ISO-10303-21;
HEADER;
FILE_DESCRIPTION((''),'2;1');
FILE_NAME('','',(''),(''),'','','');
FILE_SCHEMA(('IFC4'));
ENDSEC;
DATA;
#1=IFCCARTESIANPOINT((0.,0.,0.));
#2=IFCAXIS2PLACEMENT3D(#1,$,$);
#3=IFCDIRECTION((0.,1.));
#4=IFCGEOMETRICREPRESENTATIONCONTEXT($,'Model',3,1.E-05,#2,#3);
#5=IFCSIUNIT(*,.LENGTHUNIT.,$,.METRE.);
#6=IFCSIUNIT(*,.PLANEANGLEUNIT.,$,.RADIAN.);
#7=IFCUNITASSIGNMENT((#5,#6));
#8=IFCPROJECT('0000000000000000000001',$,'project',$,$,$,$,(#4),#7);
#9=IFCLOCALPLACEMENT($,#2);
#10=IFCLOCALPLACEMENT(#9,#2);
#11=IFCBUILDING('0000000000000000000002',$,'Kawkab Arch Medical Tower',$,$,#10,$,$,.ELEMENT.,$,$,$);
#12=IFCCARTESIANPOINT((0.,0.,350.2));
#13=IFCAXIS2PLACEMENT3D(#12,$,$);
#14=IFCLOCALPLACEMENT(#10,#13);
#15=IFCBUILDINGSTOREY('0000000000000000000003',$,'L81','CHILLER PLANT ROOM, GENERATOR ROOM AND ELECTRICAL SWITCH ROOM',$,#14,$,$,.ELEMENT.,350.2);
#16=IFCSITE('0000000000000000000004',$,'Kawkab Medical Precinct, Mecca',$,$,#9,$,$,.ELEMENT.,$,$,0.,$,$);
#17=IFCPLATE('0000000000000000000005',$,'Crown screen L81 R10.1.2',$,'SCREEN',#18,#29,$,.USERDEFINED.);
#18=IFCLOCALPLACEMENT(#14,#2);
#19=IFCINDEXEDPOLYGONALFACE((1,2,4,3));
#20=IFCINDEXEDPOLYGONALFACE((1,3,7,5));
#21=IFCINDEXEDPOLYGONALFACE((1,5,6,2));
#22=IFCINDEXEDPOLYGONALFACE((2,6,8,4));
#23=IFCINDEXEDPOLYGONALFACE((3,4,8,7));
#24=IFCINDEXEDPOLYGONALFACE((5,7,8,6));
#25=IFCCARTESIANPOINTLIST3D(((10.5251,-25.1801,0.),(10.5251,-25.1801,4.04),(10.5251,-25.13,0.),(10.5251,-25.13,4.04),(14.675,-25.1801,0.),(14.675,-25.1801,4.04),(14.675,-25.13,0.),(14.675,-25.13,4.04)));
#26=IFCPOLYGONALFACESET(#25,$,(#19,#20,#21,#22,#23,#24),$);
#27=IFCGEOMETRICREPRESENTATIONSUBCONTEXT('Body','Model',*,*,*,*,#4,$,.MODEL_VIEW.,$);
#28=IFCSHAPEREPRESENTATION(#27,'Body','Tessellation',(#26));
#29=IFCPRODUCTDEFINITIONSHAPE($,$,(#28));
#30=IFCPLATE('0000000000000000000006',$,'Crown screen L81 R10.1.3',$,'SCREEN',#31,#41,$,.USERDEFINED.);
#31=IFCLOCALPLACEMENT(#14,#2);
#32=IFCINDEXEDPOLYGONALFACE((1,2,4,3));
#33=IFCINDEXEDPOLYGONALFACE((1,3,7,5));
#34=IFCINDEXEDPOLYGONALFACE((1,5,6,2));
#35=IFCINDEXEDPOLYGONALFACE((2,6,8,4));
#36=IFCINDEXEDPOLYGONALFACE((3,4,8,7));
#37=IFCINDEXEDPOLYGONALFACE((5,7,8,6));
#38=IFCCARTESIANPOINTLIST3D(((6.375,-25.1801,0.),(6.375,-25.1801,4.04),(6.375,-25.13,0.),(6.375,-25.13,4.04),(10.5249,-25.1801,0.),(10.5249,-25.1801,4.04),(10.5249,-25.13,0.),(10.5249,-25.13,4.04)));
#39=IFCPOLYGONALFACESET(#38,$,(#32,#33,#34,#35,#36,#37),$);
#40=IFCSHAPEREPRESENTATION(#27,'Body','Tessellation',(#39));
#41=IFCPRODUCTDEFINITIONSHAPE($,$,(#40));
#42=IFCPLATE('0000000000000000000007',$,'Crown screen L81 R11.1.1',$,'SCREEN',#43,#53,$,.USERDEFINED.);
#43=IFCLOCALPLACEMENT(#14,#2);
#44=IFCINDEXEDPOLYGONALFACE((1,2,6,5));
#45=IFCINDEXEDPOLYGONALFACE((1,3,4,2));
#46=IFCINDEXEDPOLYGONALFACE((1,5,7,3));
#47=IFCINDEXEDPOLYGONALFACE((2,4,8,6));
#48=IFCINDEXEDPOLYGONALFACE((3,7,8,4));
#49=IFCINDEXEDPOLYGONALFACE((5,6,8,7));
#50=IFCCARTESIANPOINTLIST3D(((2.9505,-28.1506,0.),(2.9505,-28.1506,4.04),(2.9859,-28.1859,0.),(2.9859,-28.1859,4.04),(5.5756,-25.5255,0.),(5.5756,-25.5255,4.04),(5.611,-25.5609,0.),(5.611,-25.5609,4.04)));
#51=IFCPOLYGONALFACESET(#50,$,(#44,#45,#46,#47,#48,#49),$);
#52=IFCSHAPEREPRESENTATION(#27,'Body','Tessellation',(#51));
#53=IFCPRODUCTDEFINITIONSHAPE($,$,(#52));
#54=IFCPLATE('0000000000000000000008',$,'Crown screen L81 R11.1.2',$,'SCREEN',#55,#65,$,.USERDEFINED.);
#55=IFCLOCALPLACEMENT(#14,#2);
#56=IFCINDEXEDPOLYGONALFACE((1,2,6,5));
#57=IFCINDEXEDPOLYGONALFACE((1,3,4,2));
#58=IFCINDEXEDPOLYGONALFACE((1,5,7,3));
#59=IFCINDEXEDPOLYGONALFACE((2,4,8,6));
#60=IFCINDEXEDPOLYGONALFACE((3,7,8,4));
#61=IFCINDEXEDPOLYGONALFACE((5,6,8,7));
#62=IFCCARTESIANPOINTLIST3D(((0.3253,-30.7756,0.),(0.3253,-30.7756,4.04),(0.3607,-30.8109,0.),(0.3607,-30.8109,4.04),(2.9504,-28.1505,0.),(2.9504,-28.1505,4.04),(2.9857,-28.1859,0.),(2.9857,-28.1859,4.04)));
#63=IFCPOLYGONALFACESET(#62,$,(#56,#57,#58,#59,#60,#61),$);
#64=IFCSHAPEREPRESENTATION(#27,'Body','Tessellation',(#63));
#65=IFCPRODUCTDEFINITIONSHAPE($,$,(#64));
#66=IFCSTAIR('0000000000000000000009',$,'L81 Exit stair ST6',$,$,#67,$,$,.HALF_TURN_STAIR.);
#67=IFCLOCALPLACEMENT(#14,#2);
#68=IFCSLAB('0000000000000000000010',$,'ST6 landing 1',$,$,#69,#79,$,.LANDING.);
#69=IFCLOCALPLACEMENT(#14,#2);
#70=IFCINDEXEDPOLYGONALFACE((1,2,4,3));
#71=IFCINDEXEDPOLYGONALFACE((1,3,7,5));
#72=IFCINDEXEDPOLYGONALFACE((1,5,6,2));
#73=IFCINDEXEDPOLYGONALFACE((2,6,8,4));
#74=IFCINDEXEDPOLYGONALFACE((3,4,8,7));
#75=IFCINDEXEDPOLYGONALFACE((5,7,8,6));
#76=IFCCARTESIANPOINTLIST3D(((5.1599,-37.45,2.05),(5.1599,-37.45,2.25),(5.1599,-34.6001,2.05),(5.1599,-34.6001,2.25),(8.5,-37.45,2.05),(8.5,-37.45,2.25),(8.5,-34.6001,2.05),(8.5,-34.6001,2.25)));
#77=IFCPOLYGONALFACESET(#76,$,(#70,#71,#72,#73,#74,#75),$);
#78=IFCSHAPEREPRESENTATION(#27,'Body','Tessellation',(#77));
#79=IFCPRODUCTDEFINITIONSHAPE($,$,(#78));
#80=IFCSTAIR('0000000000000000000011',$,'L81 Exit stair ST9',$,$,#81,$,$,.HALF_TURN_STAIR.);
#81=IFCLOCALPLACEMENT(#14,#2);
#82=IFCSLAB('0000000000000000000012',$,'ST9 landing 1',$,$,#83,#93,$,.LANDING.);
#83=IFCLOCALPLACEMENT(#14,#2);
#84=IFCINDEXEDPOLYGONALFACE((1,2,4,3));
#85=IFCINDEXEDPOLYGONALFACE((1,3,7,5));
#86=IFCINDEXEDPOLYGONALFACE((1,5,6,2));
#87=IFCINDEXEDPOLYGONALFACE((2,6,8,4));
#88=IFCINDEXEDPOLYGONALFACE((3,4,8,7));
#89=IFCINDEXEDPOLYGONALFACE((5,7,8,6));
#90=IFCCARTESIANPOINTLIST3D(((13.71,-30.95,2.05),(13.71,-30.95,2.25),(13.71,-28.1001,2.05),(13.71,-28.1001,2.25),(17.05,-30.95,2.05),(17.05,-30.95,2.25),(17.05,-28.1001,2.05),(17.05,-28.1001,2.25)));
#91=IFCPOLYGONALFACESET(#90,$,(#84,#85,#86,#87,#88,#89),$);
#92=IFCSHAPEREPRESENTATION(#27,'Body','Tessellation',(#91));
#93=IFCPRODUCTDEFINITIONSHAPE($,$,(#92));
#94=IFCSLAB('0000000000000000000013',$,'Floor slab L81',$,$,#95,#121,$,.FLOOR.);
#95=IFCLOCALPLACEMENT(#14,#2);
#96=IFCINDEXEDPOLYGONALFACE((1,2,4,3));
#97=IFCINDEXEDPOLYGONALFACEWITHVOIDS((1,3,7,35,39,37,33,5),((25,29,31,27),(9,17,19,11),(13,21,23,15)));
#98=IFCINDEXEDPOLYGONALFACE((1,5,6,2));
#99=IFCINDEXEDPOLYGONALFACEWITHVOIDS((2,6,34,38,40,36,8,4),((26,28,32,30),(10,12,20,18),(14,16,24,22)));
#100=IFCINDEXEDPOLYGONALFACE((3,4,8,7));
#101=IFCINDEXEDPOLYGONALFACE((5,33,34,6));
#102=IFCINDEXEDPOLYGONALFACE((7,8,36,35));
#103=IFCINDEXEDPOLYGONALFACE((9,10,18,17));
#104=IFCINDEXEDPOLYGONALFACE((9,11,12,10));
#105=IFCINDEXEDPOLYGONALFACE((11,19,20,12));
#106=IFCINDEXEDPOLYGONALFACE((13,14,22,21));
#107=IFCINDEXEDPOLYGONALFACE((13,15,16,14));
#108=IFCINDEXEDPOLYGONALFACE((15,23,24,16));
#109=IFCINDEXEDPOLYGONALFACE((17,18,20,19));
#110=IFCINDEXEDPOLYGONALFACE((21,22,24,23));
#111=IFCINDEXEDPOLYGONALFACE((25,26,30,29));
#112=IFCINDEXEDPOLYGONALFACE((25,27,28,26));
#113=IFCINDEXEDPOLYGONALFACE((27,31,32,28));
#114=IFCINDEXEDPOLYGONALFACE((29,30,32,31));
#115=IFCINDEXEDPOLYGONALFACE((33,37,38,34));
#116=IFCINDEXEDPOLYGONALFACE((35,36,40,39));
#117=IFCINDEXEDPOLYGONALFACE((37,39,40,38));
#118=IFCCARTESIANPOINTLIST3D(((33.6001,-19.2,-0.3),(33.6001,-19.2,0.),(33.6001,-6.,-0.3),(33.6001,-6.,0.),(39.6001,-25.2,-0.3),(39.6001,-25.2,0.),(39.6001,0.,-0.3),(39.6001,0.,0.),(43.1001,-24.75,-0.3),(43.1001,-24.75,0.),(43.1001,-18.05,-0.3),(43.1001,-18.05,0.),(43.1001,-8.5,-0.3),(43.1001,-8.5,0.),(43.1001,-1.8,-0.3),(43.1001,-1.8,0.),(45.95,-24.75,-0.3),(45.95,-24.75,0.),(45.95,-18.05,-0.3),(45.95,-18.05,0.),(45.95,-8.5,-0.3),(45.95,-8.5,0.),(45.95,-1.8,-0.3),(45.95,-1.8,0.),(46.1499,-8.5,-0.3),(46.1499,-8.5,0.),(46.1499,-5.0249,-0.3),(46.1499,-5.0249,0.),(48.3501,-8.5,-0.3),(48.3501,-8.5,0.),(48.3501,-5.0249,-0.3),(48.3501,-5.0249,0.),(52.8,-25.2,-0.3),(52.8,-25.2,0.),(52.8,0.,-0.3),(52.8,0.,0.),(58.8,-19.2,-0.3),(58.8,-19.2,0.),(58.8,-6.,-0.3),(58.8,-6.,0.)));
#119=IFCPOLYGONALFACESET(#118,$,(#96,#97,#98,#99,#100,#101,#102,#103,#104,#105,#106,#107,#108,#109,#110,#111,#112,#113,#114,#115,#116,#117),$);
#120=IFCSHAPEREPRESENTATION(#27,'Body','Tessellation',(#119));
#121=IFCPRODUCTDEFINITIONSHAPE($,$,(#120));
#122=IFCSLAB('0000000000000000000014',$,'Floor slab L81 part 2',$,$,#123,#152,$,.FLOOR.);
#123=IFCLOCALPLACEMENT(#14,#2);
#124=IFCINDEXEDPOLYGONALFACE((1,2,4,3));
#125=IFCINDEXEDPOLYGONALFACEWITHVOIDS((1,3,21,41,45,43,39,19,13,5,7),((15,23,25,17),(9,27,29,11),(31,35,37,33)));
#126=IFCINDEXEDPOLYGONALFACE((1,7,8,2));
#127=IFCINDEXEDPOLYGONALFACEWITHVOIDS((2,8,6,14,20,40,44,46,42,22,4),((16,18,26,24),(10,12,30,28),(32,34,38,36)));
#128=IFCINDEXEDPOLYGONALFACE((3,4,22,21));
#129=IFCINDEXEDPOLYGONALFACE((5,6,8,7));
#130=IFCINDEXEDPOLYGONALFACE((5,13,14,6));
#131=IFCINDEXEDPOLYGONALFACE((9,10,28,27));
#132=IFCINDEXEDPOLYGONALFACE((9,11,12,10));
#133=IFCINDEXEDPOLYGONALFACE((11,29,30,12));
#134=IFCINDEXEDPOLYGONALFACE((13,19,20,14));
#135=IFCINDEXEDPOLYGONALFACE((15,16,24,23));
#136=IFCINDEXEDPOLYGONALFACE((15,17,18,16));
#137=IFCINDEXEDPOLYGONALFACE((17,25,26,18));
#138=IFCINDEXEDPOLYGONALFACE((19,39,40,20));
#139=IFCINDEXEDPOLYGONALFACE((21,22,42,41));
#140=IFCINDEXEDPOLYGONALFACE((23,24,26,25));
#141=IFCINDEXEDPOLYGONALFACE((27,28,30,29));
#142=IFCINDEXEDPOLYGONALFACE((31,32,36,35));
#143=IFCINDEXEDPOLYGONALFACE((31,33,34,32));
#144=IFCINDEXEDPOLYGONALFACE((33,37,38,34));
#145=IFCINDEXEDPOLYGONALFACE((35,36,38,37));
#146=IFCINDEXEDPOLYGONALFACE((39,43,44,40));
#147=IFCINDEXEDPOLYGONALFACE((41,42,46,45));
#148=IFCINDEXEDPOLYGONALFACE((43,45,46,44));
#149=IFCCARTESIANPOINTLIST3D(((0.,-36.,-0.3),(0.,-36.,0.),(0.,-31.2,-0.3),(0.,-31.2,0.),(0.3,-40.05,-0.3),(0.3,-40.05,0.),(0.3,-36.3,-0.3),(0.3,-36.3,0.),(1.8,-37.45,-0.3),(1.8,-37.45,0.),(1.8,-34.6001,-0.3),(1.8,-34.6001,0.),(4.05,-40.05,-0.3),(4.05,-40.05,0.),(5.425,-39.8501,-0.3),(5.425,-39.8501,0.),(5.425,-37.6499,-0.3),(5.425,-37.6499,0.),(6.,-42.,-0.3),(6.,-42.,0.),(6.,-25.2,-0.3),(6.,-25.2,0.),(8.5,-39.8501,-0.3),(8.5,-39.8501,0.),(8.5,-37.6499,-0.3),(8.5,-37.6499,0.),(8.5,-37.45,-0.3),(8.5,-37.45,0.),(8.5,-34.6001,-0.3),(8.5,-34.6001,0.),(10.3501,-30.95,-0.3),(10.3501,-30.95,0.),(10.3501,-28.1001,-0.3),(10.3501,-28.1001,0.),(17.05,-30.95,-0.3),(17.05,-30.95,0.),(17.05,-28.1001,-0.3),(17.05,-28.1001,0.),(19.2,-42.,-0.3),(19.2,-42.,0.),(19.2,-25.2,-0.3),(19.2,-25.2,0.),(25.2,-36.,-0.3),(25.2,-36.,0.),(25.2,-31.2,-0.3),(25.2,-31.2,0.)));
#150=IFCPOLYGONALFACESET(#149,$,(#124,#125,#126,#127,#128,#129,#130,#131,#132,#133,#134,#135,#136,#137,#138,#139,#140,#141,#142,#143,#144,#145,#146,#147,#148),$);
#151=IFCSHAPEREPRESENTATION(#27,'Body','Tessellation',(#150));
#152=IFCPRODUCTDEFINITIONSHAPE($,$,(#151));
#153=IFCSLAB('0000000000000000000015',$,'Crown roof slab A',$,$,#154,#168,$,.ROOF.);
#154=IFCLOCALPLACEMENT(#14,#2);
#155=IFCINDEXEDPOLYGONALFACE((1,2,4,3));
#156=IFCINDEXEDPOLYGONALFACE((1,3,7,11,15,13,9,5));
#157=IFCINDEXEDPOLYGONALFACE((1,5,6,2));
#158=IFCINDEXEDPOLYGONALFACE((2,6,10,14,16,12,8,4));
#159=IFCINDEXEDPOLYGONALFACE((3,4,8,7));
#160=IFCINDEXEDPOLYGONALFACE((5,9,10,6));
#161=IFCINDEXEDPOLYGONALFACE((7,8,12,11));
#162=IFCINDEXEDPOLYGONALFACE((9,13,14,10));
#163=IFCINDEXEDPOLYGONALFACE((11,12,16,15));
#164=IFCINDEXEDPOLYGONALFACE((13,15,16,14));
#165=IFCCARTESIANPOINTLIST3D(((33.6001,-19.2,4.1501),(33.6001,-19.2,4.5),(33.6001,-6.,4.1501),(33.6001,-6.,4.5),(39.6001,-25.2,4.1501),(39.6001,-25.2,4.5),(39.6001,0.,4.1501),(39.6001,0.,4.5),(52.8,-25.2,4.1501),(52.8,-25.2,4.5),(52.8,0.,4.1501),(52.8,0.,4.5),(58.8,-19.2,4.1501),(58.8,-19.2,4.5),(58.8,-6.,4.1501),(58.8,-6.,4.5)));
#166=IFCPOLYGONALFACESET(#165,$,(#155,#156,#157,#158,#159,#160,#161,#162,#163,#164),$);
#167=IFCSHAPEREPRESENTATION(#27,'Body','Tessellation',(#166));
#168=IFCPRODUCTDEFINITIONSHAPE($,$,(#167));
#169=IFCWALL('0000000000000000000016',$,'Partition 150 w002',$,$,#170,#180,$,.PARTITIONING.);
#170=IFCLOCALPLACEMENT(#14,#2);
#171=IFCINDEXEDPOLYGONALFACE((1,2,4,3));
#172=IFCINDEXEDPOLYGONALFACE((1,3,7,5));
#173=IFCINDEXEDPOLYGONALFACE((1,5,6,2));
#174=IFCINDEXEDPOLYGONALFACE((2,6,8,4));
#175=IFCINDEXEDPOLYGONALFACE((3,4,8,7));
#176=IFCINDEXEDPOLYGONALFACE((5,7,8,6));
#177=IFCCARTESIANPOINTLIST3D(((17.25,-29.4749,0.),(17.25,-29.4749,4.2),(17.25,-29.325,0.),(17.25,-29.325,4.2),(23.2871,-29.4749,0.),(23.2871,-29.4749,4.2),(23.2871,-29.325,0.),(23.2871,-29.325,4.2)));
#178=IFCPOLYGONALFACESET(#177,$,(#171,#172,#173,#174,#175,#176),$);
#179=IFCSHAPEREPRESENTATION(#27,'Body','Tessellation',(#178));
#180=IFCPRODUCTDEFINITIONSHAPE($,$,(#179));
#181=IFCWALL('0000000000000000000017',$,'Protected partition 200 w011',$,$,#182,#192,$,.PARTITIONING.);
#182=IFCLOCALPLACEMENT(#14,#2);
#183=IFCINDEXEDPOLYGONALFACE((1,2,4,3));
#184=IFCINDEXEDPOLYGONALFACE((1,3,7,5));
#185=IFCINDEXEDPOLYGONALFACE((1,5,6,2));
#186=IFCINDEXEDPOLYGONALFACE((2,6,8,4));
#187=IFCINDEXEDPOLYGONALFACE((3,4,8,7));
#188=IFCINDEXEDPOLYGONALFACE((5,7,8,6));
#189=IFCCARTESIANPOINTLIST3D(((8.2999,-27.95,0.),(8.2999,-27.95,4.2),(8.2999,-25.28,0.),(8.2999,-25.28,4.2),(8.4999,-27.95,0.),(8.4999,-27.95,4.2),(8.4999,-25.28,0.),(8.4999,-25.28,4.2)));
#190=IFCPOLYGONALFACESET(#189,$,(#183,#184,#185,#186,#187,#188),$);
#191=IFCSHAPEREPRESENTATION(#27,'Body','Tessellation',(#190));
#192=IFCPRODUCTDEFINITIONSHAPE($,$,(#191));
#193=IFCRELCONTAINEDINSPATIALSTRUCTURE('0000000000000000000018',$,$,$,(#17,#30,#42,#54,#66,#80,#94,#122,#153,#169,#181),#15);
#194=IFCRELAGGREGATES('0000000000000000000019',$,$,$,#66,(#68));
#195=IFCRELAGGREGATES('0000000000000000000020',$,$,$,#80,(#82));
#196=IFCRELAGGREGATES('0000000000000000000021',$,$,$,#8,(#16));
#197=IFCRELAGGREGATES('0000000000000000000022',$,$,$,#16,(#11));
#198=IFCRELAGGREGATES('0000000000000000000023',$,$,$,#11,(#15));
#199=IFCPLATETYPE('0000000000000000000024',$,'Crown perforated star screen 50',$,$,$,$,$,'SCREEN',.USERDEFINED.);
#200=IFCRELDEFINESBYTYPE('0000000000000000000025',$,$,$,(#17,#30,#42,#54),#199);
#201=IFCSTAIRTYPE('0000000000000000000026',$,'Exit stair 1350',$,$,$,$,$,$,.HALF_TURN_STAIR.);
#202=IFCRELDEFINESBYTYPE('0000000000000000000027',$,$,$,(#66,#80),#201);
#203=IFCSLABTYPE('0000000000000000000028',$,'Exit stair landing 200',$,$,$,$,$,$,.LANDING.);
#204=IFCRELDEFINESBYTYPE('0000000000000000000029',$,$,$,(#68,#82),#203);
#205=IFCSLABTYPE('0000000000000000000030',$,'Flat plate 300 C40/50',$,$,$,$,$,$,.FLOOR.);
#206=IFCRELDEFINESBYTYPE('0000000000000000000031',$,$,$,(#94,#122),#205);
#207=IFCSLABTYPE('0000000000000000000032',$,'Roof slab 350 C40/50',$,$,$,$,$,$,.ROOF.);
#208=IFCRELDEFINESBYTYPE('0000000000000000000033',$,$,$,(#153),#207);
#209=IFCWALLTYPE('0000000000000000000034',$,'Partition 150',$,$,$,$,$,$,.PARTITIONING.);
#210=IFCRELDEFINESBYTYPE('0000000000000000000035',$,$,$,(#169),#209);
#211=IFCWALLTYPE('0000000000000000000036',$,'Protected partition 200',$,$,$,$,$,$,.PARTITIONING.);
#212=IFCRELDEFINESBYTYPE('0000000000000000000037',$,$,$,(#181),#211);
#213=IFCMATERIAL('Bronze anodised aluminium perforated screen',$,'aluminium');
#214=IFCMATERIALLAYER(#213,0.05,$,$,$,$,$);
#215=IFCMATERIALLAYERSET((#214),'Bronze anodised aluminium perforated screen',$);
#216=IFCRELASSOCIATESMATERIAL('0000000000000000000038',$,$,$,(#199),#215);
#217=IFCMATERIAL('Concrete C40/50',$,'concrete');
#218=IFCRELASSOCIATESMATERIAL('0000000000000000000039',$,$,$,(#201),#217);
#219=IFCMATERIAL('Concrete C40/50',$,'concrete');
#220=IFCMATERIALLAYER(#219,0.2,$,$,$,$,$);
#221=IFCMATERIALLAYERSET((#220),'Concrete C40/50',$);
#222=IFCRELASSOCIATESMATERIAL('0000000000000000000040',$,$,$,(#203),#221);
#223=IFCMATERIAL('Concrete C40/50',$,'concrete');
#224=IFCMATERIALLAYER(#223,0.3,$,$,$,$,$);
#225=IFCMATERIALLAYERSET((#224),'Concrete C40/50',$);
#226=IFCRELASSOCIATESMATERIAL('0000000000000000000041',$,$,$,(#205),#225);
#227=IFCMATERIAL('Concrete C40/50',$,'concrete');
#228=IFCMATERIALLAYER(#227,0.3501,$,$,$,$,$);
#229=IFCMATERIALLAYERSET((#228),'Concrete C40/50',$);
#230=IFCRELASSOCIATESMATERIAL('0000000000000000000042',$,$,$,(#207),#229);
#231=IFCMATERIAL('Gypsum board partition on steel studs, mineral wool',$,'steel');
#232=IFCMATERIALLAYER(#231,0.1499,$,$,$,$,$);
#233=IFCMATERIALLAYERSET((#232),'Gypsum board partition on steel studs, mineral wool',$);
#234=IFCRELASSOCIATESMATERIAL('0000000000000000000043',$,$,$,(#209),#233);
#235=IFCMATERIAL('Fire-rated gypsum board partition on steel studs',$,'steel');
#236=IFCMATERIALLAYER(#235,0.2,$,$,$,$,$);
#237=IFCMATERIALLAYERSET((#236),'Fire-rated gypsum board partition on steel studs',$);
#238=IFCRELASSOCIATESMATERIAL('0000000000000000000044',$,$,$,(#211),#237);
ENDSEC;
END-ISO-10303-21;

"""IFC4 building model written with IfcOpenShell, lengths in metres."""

from ifc_helpers import new_model, si_unit, direction, frame, frame_2d, origin, origin_2d, place, context, subcontext, project, spatial, polyline, rectangle, outline, extrude, material, layer, layer_set, type_object, element, aggregate, save


model = new_model("IFC4")

# Units and contexts
model_context = context("Model", 3, precision=1e-05, world=origin(), true_north=direction((0.0, 1.0)))
body_context = subcontext(model_context, "Body", "Model", "MODEL_VIEW")
ifc_project = project(units=[si_unit("LENGTHUNIT", "METRE"), si_unit("PLANEANGLEUNIT", "RADIAN")], contexts=[model_context])

# Site, building, storey
site_placement = place(None, origin())
site = spatial("IfcSite", under=ifc_project, at=site_placement, Name="Kawkab Medical Precinct, Mecca", CompositionType="ELEMENT", RefElevation=0.0)
building_placement = place(site_placement, origin())
building = spatial("IfcBuilding", under=site, at=building_placement, Name="Kawkab Arch Medical Tower", CompositionType="ELEMENT")
storey_placement = place(building_placement, frame((0.0, 0.0, 350.2)))
storey = spatial("IfcBuildingStorey", under=building, at=storey_placement, Name="L81", Description="CHILLER PLANT ROOM, GENERATOR ROOM AND ELECTRICAL SWITCH ROOM", CompositionType="ELEMENT", Elevation=350.2)

# Shared definitions
placement_1 = place(storey_placement, origin())

# Plates
ifc_material_1 = material(Name="Bronze anodised aluminium perforated screen", Category="aluminium")
ifc_layer_1 = layer(ifc_material_1, 0.05)
ifc_layer_set_1 = layer_set([ifc_layer_1], Name="Bronze anodised aluminium perforated screen")
plate_type_1 = type_object("IfcPlateType", Name="Crown perforated star screen 50", ElementType="SCREEN", PredefinedType="USERDEFINED", material=ifc_layer_set_1)
for number, where, z_axis, x_axis, name in (
    (1, (12.6001, -25.155, 0.0), (0.0, 0.0, 1.0), (-1.0, 0.0, 0.0), "Crown screen L81 R10.1.2"),
    (2, (8.45, -25.155, 0.0), (0.0, 0.0, 1.0), (-1.0, 0.0, 0.0), "Crown screen L81 R10.1.3"),
):
    element("IfcPlate", number, at=place(storey_placement, frame(where, z_axis=z_axis, x_axis=x_axis)), inside=storey, type_object=plate_type_1, Name=name, ObjectType="SCREEN", PredefinedType="USERDEFINED", context=body_context, shape_type="SweptSolid", body=[
        extrude(rectangle(XDim=4.1499, YDim=0.05, at=origin_2d()), origin(), (0.0, 0.0, 1.0), 4.04),
    ])
for number, where, z_axis, x_axis, name in (
    (3, (4.2808, -26.8557, 0.0), (0.0, 0.0, 1.0), (-0.707107, -0.707107, 0.0), "Crown screen L81 R11.1.1"),
    (4, (1.6555, -29.4807, 0.0), (0.0, 0.0, 1.0), (-0.707107, -0.707107, 0.0), "Crown screen L81 R11.1.2"),
):
    element("IfcPlate", number, at=place(storey_placement, frame(where, z_axis=z_axis, x_axis=x_axis)), inside=storey, type_object=plate_type_1, Name=name, ObjectType="SCREEN", PredefinedType="USERDEFINED", context=body_context, shape_type="SweptSolid", body=[
        extrude(rectangle(XDim=3.7124, YDim=0.05, at=origin_2d()), origin(), (0.0, 0.0, 1.0), 4.04),
    ])

# Stairs, slabs
ifc_material_2 = material(Name="Concrete C40/50", Category="concrete")
stair_type = type_object("IfcStairType", Name="Exit stair 1350", PredefinedType="HALF_TURN_STAIR", material=ifc_material_2)
stair_1 = element("IfcStair", 5, at=placement_1, inside=storey, type_object=stair_type, Name="L81 Exit stair ST6", PredefinedType="HALF_TURN_STAIR")
ifc_material_3 = material(Name="Concrete C40/50", Category="concrete")
ifc_layer_2 = layer(ifc_material_3, 0.2)
ifc_layer_set_2 = layer_set([ifc_layer_2], Name="Concrete C40/50")
slab_type_1 = type_object("IfcSlabType", Name="Exit stair landing 200", PredefinedType="LANDING", material=ifc_layer_set_2)
placement_2 = place(storey_placement, frame((0.0, 0.0, 2.05)))
slab_1 = element("IfcSlab", 6, at=placement_2, type_object=slab_type_1, Name="ST6 landing 1", PredefinedType="LANDING", context=body_context, shape_type="SweptSolid", body=[
    extrude(outline(polyline([(5.1599, -37.45), (8.5, -37.45), (8.5, -34.6001), (5.1599, -34.6001), (5.1599, -37.45)])), origin(), (0.0, 0.0, 1.0), 0.2),
])
aggregate(stair_1, [slab_1])
stair_2 = element("IfcStair", 7, at=placement_1, inside=storey, type_object=stair_type, Name="L81 Exit stair ST9", PredefinedType="HALF_TURN_STAIR")
slab_2 = element("IfcSlab", 8, at=placement_2, type_object=slab_type_1, Name="ST9 landing 1", PredefinedType="LANDING", context=body_context, shape_type="SweptSolid", body=[
    extrude(outline(polyline([(13.71, -30.95), (17.05, -30.95), (17.05, -28.1001), (13.71, -28.1001), (13.71, -30.95)])), origin(), (0.0, 0.0, 1.0), 0.2),
])

# Slabs
ifc_material_4 = material(Name="Concrete C40/50", Category="concrete")
ifc_layer_3 = layer(ifc_material_4, 0.3)
ifc_layer_set_3 = layer_set([ifc_layer_3], Name="Concrete C40/50")
slab_type_2 = type_object("IfcSlabType", Name="Flat plate 300 C40/50", PredefinedType="FLOOR", material=ifc_layer_set_3)
placement_3 = place(storey_placement, frame((0.0, 0.0, -0.3)))
element("IfcSlab", 9, at=placement_3, inside=storey, type_object=slab_type_2, Name="Floor slab L81", PredefinedType="FLOOR", context=body_context, shape_type="SweptSolid", body=[
    extrude(outline(polyline([(58.8, -19.2), (52.8, -25.2), (39.6001, -25.2), (33.6001, -19.2), (33.6001, -6.0), (39.6001, 0.0), (52.8, 0.0), (58.8, -6.0), (58.8, -19.2)]), holes=[polyline([(45.95, -18.05), (43.1001, -18.05), (43.1001, -24.75), (45.95, -24.75), (45.95, -18.05)]), polyline([(48.3501, -8.5), (48.3501, -5.0249), (46.1499, -5.0249), (46.1499, -8.5), (48.3501, -8.5)]), polyline([(45.95, -8.5), (45.95, -1.8), (43.1001, -1.8), (43.1001, -8.5), (45.95, -8.5)])]), origin(), (0.0, 0.0, 1.0), 0.3),
])
element("IfcSlab", 10, at=placement_3, inside=storey, type_object=slab_type_2, Name="Floor slab L81 part 2", PredefinedType="FLOOR", context=body_context, shape_type="SweptSolid", body=[
    extrude(outline(polyline([(25.2, -36.0), (19.2, -42.0), (6.0, -42.0), (4.05, -40.05), (0.3, -40.05), (0.3, -36.3), (0.0, -36.0), (0.0, -31.2), (6.0, -25.2), (19.2, -25.2), (25.2, -31.2), (25.2, -36.0)]), holes=[polyline([(8.5, -39.8501), (8.5, -37.6499), (5.425, -37.6499), (5.425, -39.8501), (8.5, -39.8501)]), polyline([(8.5, -34.6001), (1.8, -34.6001), (1.8, -37.45), (8.5, -37.45), (8.5, -34.6001)]), polyline([(17.05, -28.1001), (10.3501, -28.1001), (10.3501, -30.95), (17.05, -30.95), (17.05, -28.1001)])]), origin(), (0.0, 0.0, 1.0), 0.3),
])
ifc_material_5 = material(Name="Concrete C40/50", Category="concrete")
ifc_layer_4 = layer(ifc_material_5, 0.3501)
ifc_layer_set_4 = layer_set([ifc_layer_4], Name="Concrete C40/50")
slab_type_3 = type_object("IfcSlabType", Name="Roof slab 350 C40/50", PredefinedType="ROOF", material=ifc_layer_set_4)
slab_3_placement = place(storey_placement, frame((0.0, 0.0, 4.1501)))
element("IfcSlab", 11, at=slab_3_placement, inside=storey, type_object=slab_type_3, Name="Crown roof slab A", PredefinedType="ROOF", context=body_context, shape_type="SweptSolid", body=[
    extrude(outline(polyline([(33.6001, -19.2), (39.6001, -25.2), (52.8, -25.2), (58.8, -19.2), (58.8, -6.0), (52.8, 0.0), (39.6001, 0.0), (33.6001, -6.0), (33.6001, -19.2)])), origin(), (0.0, 0.0, 1.0), 0.3499),
])

# Walls
ifc_material_6 = material(Name="Gypsum board partition on steel studs, mineral wool", Category="steel")
ifc_layer_5 = layer(ifc_material_6, 0.1499)
ifc_layer_set_5 = layer_set([ifc_layer_5], Name="Gypsum board partition on steel studs, mineral wool")
wall_type_1 = type_object("IfcWallType", Name="Partition 150", PredefinedType="PARTITIONING", material=ifc_layer_set_5)
wall_1_placement = place(storey_placement, frame((17.25, -29.3999, 0.0), z_axis=(0.0, 0.0, 1.0), x_axis=(1.0, 0.0, 0.0)))
element("IfcWall", 12, at=wall_1_placement, inside=storey, type_object=wall_type_1, Name="Partition 150 w002", PredefinedType="PARTITIONING", context=body_context, shape_type="SweptSolid", body=[
    extrude(rectangle(XDim=6.0371, YDim=0.1499, at=frame_2d((3.0186, 0.0))), origin(), (0.0, 0.0, 1.0), 4.2),
])
ifc_material_7 = material(Name="Fire-rated gypsum board partition on steel studs", Category="steel")
ifc_layer_6 = layer(ifc_material_7, 0.2)
ifc_layer_set_6 = layer_set([ifc_layer_6], Name="Fire-rated gypsum board partition on steel studs")
wall_type_2 = type_object("IfcWallType", Name="Protected partition 200", PredefinedType="PARTITIONING", material=ifc_layer_set_6)
wall_2_placement = place(storey_placement, frame((8.3999, -27.95, 0.0), z_axis=(0.0, 0.0, 1.0), x_axis=(0.0, 1.0, 0.0)))
element("IfcWall", 13, at=wall_2_placement, inside=storey, type_object=wall_type_2, Name="Protected partition 200 w011", PredefinedType="PARTITIONING", context=body_context, shape_type="SweptSolid", body=[
    extrude(rectangle(XDim=2.6699, YDim=0.2, at=frame_2d((1.335, 0.0))), origin(), (0.0, 0.0, 1.0), 4.2),
])

aggregate(stair_2, [slab_2])

save(model, "model.ifc")
